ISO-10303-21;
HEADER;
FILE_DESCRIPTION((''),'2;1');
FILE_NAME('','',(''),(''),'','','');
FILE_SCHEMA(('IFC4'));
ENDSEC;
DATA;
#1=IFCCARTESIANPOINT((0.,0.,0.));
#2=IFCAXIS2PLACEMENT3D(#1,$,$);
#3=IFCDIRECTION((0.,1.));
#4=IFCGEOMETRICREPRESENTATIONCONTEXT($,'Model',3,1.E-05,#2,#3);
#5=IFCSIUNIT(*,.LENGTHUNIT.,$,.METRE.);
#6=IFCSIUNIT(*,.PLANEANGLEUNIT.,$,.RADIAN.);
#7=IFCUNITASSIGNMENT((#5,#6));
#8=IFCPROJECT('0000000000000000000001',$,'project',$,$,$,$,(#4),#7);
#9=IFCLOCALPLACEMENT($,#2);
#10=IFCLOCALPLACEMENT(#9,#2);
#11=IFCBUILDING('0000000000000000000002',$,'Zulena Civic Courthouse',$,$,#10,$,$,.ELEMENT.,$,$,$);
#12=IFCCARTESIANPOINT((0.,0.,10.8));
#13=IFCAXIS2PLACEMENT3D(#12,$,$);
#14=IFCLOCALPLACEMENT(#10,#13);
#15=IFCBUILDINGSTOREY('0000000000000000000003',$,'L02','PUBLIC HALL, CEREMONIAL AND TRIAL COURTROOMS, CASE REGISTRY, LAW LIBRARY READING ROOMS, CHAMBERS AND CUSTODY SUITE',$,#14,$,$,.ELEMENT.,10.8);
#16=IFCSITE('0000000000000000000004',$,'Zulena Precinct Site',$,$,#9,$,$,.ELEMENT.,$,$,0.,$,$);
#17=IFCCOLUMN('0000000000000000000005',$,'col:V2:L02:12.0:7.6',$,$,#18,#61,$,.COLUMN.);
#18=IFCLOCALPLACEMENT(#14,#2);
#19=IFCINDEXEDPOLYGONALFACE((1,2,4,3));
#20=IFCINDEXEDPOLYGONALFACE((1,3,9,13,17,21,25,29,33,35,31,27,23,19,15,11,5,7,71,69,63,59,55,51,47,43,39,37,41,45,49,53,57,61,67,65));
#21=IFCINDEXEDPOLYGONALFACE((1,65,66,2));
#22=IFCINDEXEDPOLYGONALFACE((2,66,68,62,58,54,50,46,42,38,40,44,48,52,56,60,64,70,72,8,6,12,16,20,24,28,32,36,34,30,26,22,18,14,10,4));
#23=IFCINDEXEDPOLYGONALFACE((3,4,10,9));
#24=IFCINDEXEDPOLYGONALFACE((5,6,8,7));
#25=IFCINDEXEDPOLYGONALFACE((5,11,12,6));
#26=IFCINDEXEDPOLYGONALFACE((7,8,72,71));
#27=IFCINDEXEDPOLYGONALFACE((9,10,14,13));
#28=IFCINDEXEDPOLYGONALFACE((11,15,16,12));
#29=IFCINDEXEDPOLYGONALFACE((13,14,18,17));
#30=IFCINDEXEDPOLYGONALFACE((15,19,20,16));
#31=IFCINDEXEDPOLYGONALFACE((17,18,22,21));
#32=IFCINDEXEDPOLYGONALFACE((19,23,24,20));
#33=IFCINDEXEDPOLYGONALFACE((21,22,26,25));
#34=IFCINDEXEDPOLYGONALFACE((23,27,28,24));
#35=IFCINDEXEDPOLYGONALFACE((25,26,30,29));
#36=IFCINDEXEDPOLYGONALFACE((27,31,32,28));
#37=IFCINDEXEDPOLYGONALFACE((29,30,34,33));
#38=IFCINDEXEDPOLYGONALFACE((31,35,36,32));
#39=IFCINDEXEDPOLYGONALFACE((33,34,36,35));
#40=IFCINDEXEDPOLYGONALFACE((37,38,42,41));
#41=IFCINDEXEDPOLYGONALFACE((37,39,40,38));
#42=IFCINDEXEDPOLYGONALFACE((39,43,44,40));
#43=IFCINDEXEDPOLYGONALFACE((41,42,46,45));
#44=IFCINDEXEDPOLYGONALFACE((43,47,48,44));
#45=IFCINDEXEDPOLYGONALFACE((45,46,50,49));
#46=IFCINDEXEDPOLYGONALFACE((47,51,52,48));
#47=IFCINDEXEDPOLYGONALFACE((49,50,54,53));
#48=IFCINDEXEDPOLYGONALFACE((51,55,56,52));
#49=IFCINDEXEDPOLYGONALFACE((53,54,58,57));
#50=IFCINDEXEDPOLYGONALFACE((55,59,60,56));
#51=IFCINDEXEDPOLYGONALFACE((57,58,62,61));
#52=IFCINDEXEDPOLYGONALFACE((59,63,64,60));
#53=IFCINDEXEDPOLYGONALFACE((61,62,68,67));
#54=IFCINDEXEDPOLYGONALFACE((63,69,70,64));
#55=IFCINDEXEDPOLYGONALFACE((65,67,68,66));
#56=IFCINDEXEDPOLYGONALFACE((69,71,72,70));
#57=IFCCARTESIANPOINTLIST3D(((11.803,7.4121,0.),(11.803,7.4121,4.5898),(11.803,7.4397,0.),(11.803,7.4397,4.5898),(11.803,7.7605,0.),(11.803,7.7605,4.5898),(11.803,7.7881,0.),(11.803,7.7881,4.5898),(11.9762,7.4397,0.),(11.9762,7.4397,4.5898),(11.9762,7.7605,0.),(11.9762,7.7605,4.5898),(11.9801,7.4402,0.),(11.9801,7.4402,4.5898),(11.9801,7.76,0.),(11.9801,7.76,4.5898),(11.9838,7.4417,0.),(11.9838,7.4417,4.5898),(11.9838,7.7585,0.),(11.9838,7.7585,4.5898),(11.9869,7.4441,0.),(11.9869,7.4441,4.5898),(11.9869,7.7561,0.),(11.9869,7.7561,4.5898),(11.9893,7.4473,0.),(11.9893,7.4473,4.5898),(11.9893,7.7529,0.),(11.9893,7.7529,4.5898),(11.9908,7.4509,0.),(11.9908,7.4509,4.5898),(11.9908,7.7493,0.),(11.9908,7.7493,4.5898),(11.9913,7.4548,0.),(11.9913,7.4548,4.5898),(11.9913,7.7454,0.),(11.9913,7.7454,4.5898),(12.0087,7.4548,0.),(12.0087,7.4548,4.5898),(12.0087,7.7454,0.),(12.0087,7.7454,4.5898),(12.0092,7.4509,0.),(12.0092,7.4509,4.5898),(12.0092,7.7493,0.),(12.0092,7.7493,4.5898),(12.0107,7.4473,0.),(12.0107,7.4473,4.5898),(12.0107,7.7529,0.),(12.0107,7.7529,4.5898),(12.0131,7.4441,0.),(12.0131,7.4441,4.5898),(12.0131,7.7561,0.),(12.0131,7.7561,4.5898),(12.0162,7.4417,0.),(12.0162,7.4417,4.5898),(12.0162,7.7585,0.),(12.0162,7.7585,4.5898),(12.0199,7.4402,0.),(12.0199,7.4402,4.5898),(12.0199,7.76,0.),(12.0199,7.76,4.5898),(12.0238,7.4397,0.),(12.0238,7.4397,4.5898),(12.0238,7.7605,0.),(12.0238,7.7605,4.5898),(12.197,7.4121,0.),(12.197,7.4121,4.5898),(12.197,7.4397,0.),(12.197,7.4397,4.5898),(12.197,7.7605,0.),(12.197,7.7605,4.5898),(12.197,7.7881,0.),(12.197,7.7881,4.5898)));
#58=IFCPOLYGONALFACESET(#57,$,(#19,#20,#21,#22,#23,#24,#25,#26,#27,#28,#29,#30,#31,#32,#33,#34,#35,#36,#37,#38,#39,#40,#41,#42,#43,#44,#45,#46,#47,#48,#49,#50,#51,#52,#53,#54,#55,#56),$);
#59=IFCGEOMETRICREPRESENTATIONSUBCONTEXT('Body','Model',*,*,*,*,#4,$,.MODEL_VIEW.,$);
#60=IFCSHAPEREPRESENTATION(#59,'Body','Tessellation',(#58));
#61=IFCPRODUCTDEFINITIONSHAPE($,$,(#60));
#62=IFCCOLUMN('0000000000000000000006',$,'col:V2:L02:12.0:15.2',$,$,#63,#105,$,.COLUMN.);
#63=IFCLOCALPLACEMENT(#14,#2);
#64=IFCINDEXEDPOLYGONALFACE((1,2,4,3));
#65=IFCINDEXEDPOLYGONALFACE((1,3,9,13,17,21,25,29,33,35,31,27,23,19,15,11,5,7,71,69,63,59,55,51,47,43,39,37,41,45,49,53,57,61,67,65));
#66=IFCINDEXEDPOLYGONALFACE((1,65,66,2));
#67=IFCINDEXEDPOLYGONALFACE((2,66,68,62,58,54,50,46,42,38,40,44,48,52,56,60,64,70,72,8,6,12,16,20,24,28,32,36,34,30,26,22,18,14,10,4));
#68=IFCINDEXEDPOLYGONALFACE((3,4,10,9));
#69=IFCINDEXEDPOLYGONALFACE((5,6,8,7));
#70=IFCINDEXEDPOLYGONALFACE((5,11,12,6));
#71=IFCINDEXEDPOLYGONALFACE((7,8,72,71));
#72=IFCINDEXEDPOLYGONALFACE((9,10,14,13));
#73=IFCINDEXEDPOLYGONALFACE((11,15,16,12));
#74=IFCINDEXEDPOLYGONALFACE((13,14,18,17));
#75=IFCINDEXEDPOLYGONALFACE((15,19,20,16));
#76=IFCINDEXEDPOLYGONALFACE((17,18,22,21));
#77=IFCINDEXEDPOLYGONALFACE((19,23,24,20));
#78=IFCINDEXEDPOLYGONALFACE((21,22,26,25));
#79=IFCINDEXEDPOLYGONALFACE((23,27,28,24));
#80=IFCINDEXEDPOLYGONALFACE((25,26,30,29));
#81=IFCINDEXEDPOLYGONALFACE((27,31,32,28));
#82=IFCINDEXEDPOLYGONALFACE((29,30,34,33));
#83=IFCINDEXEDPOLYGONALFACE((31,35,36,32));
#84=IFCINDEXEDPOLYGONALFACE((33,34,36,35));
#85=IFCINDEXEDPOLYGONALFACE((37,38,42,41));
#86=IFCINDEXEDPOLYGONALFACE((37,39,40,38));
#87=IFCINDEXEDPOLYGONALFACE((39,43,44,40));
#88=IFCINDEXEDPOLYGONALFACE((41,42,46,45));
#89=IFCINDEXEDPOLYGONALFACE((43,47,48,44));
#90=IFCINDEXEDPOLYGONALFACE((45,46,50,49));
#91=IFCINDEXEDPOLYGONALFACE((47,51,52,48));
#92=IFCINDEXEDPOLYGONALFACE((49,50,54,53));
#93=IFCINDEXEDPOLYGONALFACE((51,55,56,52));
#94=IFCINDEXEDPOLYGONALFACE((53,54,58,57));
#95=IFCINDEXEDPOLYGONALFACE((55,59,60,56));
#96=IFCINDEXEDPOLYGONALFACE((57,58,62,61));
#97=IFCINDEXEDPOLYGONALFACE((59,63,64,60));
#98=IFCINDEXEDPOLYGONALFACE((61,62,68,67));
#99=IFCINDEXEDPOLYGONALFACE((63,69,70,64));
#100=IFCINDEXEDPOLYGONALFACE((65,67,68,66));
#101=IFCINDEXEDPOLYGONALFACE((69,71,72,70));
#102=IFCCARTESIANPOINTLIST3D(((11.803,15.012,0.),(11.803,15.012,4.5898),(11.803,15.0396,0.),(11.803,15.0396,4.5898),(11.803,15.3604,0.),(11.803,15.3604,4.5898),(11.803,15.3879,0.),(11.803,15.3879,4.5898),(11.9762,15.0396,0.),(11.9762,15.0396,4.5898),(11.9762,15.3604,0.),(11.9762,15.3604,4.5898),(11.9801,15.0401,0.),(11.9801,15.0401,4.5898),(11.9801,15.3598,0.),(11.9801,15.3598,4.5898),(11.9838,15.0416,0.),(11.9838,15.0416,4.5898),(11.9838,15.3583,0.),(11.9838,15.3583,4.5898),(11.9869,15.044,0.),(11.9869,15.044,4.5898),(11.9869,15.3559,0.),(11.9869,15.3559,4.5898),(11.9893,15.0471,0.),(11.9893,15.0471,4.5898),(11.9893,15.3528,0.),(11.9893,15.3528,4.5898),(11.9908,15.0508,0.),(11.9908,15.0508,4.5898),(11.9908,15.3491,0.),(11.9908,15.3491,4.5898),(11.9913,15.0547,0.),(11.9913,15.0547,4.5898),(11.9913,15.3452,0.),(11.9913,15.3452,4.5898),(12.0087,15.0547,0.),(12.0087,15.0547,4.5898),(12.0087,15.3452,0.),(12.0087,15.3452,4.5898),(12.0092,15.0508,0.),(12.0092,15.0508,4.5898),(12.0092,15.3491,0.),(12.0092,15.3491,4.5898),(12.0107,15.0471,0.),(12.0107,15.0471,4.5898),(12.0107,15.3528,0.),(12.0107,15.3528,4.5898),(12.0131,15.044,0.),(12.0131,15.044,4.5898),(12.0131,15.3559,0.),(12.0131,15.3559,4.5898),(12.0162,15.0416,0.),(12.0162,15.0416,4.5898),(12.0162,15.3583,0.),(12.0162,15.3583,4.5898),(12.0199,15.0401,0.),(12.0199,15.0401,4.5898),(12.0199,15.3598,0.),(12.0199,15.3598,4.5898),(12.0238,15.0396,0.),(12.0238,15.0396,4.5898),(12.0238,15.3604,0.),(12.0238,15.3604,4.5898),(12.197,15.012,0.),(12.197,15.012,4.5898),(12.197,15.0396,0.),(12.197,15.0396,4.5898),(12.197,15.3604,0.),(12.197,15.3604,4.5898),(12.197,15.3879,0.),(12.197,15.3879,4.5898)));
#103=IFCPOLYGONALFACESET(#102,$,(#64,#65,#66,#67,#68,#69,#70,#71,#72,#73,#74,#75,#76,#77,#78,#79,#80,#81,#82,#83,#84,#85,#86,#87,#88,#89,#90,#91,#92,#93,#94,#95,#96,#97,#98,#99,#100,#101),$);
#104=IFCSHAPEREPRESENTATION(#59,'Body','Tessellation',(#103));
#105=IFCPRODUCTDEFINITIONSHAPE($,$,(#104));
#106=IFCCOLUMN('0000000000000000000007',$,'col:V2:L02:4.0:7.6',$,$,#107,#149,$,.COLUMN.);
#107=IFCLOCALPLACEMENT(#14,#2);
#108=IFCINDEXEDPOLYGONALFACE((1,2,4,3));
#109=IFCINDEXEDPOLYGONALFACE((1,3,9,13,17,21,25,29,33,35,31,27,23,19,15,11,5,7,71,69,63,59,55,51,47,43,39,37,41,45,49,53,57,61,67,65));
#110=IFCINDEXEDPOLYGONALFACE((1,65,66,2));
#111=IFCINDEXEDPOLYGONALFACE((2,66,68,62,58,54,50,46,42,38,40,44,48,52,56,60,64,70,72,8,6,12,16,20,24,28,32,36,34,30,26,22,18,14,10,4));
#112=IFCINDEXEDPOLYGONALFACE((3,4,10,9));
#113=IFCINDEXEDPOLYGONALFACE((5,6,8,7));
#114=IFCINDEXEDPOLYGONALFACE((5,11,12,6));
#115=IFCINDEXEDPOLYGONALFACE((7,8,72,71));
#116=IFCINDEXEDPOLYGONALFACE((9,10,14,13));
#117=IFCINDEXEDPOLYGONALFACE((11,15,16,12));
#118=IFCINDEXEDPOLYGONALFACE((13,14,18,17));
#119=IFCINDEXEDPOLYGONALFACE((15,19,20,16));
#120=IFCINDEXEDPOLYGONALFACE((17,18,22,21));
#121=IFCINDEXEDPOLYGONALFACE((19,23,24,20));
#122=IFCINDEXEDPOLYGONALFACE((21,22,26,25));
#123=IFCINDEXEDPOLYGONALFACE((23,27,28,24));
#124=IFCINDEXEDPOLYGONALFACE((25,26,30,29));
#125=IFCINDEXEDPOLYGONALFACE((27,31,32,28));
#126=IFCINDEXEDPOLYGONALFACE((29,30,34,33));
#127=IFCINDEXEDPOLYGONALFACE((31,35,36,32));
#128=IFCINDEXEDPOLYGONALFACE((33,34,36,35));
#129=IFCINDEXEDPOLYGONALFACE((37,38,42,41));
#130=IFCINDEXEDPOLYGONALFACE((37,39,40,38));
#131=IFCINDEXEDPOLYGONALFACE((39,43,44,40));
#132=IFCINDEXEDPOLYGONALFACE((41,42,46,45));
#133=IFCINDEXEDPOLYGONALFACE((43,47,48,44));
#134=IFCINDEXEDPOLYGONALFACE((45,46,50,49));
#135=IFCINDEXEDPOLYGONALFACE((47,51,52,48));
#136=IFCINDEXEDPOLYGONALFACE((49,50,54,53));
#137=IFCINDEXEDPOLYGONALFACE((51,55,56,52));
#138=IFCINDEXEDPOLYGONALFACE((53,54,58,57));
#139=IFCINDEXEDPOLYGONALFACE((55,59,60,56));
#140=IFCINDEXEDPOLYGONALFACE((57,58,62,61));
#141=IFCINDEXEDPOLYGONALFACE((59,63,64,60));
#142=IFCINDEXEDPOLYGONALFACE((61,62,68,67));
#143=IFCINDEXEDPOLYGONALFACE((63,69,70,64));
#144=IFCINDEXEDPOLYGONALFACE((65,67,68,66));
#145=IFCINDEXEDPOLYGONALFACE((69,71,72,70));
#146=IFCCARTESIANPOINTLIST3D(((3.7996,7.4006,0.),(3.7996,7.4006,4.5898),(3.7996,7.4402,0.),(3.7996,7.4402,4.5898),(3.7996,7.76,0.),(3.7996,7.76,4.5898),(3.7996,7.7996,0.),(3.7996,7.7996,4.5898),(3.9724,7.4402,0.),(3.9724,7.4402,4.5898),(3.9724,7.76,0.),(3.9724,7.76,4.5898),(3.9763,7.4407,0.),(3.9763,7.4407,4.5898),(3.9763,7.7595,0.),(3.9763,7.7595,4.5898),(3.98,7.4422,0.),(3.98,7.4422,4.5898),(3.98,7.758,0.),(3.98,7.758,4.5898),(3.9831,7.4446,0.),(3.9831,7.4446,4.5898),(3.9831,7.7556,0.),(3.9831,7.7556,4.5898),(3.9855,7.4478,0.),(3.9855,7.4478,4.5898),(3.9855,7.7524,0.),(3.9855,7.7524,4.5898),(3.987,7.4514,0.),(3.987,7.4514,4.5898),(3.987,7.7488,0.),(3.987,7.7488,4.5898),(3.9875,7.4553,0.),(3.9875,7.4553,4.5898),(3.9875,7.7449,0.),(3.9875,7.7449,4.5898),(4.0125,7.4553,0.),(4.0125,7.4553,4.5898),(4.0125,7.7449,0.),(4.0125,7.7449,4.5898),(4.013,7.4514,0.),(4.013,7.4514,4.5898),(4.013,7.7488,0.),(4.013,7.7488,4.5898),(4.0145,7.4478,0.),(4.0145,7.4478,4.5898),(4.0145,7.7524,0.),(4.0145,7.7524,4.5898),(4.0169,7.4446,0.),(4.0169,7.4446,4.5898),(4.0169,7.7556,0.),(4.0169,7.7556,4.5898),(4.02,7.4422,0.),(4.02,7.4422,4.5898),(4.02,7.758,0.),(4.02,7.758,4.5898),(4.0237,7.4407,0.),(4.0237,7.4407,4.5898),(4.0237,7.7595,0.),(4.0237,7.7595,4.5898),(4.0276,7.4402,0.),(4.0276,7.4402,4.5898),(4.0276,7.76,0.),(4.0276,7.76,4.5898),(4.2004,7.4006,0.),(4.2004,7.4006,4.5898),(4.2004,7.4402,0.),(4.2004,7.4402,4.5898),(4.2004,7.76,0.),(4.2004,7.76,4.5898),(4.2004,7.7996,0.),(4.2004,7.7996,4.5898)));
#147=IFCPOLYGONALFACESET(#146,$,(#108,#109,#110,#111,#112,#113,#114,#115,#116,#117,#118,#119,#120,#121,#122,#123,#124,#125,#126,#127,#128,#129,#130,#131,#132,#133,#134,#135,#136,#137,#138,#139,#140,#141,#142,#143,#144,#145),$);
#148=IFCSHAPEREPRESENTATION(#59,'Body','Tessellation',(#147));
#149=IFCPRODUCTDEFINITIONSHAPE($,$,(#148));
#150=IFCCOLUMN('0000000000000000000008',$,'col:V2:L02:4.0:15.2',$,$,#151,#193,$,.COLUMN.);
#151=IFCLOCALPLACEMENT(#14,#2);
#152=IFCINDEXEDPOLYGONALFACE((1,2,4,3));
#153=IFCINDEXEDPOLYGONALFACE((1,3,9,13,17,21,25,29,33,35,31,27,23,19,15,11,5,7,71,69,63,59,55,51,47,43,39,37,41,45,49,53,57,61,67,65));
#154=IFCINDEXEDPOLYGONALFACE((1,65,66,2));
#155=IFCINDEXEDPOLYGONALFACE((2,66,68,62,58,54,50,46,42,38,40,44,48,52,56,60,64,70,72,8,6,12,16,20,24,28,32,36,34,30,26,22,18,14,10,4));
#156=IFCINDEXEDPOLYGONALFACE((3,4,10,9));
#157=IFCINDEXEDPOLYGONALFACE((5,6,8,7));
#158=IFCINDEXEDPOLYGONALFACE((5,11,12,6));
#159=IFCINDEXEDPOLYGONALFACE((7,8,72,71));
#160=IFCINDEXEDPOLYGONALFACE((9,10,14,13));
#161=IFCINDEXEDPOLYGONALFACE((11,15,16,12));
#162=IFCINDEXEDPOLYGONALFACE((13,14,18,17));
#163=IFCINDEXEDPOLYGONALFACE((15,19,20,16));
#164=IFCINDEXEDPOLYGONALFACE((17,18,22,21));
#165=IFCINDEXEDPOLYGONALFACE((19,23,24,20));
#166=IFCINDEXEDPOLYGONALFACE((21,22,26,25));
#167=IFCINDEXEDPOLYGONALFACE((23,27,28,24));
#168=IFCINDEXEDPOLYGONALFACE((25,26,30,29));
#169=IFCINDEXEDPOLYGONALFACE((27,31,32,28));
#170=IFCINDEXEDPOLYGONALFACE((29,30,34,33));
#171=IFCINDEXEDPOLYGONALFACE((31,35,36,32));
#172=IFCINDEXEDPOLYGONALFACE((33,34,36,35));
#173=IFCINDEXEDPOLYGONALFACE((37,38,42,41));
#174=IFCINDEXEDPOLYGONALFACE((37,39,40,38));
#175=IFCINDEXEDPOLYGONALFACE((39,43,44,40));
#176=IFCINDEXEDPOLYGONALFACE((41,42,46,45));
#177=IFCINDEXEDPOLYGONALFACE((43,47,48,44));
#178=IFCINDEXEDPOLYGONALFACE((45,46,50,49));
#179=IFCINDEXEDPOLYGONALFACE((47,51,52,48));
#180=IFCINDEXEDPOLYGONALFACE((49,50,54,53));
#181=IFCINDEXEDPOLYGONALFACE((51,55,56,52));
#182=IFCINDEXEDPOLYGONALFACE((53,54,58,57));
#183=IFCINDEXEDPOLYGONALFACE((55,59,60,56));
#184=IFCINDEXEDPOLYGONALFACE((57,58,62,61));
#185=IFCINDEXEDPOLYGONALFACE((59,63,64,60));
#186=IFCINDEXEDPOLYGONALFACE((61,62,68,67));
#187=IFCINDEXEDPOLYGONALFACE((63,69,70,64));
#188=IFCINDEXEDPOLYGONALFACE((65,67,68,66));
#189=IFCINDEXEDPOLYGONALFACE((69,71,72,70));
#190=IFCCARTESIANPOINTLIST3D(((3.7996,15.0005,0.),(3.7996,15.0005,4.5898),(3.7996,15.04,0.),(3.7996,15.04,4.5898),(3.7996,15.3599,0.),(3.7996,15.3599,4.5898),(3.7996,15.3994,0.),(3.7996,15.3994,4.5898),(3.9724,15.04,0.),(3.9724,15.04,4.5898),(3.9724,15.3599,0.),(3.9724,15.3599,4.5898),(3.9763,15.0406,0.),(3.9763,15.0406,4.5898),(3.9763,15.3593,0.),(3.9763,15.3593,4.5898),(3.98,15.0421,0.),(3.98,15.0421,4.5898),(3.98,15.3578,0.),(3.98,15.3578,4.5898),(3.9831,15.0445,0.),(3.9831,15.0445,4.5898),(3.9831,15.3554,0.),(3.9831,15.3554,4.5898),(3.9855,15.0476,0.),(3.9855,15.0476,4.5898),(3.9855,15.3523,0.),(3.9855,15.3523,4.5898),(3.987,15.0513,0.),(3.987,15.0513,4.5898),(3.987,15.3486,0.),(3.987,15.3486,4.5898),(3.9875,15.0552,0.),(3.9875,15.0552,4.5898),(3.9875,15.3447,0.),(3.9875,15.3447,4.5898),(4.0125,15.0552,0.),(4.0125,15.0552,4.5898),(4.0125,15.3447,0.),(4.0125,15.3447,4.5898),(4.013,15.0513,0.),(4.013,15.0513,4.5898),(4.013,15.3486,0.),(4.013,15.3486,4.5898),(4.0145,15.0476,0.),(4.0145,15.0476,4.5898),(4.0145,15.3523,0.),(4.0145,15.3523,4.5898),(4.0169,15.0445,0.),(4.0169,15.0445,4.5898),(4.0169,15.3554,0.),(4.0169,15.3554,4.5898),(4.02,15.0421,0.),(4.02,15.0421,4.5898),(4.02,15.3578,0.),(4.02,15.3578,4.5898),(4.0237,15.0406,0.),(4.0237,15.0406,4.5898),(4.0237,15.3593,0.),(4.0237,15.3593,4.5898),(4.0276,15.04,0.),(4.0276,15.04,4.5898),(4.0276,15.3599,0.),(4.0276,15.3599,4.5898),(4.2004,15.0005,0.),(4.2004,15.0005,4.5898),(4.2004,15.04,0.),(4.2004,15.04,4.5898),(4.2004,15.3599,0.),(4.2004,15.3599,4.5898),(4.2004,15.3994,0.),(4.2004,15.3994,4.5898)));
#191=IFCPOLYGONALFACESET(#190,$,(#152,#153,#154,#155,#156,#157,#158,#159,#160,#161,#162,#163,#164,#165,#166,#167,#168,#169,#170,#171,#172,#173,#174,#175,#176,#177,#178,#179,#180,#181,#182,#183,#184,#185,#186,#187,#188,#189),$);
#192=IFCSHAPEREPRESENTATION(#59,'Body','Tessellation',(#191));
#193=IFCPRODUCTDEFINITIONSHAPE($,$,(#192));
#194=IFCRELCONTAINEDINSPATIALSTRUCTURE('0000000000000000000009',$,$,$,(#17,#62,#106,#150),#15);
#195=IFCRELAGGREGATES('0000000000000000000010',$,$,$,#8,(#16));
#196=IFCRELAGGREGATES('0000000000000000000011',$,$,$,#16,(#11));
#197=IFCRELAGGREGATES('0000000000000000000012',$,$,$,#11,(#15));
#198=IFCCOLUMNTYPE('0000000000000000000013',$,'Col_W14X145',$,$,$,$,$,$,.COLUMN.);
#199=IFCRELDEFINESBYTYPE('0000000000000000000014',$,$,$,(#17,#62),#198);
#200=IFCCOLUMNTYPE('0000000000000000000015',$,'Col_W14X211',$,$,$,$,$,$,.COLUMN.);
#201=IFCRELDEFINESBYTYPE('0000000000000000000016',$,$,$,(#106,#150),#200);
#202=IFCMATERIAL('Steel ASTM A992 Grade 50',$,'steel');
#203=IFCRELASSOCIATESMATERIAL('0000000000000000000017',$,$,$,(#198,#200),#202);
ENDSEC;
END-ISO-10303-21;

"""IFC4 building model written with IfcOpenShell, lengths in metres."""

from ifc_helpers import new_model, si_unit, direction, frame, origin, origin_2d, place, context, subcontext, project, spatial, i_section, extrude, material, material_profile, profile_set, type_object, element, save


model = new_model("IFC4")

# Units and contexts
model_context = context("Model", 3, precision=1e-05, world=origin(), true_north=direction((0.0, 1.0)))
body_context = subcontext(model_context, "Body", "Model", "MODEL_VIEW")
ifc_project = project(units=[si_unit("LENGTHUNIT", "METRE"), si_unit("PLANEANGLEUNIT", "RADIAN")], contexts=[model_context])

# Site, building, storey
site_placement = place(None, origin())
site = spatial("IfcSite", under=ifc_project, at=site_placement, Name="Zulena Precinct Site", CompositionType="ELEMENT", RefElevation=0.0)
building_placement = place(site_placement, origin())
building = spatial("IfcBuilding", under=site, at=building_placement, Name="Zulena Civic Courthouse", CompositionType="ELEMENT")
storey_placement = place(building_placement, frame((0.0, 0.0, 10.8)))
storey = spatial("IfcBuildingStorey", under=building, at=storey_placement, Name="L02", Description="PUBLIC HALL, CEREMONIAL AND TRIAL COURTROOMS, CASE REGISTRY, LAW LIBRARY READING ROOMS, CHAMBERS AND CUSTODY SUITE", CompositionType="ELEMENT", Elevation=10.8)

# Columns
ifc_material_1 = material(Name="Steel ASTM A992 Grade 50", Category="steel")
ifc_material_profile_1 = material_profile(ifc_material_1, i_section(OverallWidth=0.394, OverallDepth=0.376, WebThickness=0.0173, FlangeThickness=0.0276, FilletRadius=0.0151, at=origin_2d()), Name="W14X145")
ifc_profile_set_1 = profile_set([ifc_material_profile_1], Name="Steel ASTM A992 Grade 50")
column_type_1 = type_object("IfcColumnType", Name="Col_W14X145", PredefinedType="COLUMN", material=ifc_profile_set_1)
for number, where, z_axis, x_axis, name in (
    (1, (12.0, 7.6001, 0.0), (0.0, 0.0, 1.0), (1.0, 0.0, 0.0), "col:V2:L02:12.0:7.6"),
    (2, (12.0, 15.2, 0.0), (0.0, 0.0, 1.0), (1.0, 0.0, 0.0), "col:V2:L02:12.0:15.2"),
):
    element("IfcColumn", number, at=place(storey_placement, frame(where, z_axis=z_axis, x_axis=x_axis)), inside=storey, type_object=column_type_1, Name=name, PredefinedType="COLUMN", context=body_context, shape_type="SweptSolid", body=[
        extrude(i_section(OverallWidth=0.394, OverallDepth=0.376, WebThickness=0.0173, FlangeThickness=0.0276, FilletRadius=0.0151, at=origin_2d()), origin(), (0.0, 0.0, 1.0), 4.5898),
    ])
ifc_material_profile_2 = material_profile(ifc_material_1, i_section(OverallWidth=0.4009, OverallDepth=0.3989, WebThickness=0.0249, FlangeThickness=0.0396, FilletRadius=0.0151, at=origin_2d()), Name="W14X211")
ifc_profile_set_2 = profile_set([ifc_material_profile_2], Name="Steel ASTM A992 Grade 50")
column_type_2 = type_object("IfcColumnType", Name="Col_W14X211", PredefinedType="COLUMN", material=ifc_profile_set_2)
for number, where, z_axis, x_axis, name in (
    (3, (4.0, 7.6001, 0.0), (0.0, 0.0, 1.0), (1.0, 0.0, 0.0), "col:V2:L02:4.0:7.6"),
    (4, (4.0, 15.2, 0.0), (0.0, 0.0, 1.0), (1.0, 0.0, 0.0), "col:V2:L02:4.0:15.2"),
):
    element("IfcColumn", number, at=place(storey_placement, frame(where, z_axis=z_axis, x_axis=x_axis)), inside=storey, type_object=column_type_2, Name=name, PredefinedType="COLUMN", context=body_context, shape_type="SweptSolid", body=[
        extrude(i_section(OverallWidth=0.4009, OverallDepth=0.3989, WebThickness=0.0249, FlangeThickness=0.0396, FilletRadius=0.0151, at=origin_2d()), origin(), (0.0, 0.0, 1.0), 4.5898),
    ])

save(model, "model.ifc")
